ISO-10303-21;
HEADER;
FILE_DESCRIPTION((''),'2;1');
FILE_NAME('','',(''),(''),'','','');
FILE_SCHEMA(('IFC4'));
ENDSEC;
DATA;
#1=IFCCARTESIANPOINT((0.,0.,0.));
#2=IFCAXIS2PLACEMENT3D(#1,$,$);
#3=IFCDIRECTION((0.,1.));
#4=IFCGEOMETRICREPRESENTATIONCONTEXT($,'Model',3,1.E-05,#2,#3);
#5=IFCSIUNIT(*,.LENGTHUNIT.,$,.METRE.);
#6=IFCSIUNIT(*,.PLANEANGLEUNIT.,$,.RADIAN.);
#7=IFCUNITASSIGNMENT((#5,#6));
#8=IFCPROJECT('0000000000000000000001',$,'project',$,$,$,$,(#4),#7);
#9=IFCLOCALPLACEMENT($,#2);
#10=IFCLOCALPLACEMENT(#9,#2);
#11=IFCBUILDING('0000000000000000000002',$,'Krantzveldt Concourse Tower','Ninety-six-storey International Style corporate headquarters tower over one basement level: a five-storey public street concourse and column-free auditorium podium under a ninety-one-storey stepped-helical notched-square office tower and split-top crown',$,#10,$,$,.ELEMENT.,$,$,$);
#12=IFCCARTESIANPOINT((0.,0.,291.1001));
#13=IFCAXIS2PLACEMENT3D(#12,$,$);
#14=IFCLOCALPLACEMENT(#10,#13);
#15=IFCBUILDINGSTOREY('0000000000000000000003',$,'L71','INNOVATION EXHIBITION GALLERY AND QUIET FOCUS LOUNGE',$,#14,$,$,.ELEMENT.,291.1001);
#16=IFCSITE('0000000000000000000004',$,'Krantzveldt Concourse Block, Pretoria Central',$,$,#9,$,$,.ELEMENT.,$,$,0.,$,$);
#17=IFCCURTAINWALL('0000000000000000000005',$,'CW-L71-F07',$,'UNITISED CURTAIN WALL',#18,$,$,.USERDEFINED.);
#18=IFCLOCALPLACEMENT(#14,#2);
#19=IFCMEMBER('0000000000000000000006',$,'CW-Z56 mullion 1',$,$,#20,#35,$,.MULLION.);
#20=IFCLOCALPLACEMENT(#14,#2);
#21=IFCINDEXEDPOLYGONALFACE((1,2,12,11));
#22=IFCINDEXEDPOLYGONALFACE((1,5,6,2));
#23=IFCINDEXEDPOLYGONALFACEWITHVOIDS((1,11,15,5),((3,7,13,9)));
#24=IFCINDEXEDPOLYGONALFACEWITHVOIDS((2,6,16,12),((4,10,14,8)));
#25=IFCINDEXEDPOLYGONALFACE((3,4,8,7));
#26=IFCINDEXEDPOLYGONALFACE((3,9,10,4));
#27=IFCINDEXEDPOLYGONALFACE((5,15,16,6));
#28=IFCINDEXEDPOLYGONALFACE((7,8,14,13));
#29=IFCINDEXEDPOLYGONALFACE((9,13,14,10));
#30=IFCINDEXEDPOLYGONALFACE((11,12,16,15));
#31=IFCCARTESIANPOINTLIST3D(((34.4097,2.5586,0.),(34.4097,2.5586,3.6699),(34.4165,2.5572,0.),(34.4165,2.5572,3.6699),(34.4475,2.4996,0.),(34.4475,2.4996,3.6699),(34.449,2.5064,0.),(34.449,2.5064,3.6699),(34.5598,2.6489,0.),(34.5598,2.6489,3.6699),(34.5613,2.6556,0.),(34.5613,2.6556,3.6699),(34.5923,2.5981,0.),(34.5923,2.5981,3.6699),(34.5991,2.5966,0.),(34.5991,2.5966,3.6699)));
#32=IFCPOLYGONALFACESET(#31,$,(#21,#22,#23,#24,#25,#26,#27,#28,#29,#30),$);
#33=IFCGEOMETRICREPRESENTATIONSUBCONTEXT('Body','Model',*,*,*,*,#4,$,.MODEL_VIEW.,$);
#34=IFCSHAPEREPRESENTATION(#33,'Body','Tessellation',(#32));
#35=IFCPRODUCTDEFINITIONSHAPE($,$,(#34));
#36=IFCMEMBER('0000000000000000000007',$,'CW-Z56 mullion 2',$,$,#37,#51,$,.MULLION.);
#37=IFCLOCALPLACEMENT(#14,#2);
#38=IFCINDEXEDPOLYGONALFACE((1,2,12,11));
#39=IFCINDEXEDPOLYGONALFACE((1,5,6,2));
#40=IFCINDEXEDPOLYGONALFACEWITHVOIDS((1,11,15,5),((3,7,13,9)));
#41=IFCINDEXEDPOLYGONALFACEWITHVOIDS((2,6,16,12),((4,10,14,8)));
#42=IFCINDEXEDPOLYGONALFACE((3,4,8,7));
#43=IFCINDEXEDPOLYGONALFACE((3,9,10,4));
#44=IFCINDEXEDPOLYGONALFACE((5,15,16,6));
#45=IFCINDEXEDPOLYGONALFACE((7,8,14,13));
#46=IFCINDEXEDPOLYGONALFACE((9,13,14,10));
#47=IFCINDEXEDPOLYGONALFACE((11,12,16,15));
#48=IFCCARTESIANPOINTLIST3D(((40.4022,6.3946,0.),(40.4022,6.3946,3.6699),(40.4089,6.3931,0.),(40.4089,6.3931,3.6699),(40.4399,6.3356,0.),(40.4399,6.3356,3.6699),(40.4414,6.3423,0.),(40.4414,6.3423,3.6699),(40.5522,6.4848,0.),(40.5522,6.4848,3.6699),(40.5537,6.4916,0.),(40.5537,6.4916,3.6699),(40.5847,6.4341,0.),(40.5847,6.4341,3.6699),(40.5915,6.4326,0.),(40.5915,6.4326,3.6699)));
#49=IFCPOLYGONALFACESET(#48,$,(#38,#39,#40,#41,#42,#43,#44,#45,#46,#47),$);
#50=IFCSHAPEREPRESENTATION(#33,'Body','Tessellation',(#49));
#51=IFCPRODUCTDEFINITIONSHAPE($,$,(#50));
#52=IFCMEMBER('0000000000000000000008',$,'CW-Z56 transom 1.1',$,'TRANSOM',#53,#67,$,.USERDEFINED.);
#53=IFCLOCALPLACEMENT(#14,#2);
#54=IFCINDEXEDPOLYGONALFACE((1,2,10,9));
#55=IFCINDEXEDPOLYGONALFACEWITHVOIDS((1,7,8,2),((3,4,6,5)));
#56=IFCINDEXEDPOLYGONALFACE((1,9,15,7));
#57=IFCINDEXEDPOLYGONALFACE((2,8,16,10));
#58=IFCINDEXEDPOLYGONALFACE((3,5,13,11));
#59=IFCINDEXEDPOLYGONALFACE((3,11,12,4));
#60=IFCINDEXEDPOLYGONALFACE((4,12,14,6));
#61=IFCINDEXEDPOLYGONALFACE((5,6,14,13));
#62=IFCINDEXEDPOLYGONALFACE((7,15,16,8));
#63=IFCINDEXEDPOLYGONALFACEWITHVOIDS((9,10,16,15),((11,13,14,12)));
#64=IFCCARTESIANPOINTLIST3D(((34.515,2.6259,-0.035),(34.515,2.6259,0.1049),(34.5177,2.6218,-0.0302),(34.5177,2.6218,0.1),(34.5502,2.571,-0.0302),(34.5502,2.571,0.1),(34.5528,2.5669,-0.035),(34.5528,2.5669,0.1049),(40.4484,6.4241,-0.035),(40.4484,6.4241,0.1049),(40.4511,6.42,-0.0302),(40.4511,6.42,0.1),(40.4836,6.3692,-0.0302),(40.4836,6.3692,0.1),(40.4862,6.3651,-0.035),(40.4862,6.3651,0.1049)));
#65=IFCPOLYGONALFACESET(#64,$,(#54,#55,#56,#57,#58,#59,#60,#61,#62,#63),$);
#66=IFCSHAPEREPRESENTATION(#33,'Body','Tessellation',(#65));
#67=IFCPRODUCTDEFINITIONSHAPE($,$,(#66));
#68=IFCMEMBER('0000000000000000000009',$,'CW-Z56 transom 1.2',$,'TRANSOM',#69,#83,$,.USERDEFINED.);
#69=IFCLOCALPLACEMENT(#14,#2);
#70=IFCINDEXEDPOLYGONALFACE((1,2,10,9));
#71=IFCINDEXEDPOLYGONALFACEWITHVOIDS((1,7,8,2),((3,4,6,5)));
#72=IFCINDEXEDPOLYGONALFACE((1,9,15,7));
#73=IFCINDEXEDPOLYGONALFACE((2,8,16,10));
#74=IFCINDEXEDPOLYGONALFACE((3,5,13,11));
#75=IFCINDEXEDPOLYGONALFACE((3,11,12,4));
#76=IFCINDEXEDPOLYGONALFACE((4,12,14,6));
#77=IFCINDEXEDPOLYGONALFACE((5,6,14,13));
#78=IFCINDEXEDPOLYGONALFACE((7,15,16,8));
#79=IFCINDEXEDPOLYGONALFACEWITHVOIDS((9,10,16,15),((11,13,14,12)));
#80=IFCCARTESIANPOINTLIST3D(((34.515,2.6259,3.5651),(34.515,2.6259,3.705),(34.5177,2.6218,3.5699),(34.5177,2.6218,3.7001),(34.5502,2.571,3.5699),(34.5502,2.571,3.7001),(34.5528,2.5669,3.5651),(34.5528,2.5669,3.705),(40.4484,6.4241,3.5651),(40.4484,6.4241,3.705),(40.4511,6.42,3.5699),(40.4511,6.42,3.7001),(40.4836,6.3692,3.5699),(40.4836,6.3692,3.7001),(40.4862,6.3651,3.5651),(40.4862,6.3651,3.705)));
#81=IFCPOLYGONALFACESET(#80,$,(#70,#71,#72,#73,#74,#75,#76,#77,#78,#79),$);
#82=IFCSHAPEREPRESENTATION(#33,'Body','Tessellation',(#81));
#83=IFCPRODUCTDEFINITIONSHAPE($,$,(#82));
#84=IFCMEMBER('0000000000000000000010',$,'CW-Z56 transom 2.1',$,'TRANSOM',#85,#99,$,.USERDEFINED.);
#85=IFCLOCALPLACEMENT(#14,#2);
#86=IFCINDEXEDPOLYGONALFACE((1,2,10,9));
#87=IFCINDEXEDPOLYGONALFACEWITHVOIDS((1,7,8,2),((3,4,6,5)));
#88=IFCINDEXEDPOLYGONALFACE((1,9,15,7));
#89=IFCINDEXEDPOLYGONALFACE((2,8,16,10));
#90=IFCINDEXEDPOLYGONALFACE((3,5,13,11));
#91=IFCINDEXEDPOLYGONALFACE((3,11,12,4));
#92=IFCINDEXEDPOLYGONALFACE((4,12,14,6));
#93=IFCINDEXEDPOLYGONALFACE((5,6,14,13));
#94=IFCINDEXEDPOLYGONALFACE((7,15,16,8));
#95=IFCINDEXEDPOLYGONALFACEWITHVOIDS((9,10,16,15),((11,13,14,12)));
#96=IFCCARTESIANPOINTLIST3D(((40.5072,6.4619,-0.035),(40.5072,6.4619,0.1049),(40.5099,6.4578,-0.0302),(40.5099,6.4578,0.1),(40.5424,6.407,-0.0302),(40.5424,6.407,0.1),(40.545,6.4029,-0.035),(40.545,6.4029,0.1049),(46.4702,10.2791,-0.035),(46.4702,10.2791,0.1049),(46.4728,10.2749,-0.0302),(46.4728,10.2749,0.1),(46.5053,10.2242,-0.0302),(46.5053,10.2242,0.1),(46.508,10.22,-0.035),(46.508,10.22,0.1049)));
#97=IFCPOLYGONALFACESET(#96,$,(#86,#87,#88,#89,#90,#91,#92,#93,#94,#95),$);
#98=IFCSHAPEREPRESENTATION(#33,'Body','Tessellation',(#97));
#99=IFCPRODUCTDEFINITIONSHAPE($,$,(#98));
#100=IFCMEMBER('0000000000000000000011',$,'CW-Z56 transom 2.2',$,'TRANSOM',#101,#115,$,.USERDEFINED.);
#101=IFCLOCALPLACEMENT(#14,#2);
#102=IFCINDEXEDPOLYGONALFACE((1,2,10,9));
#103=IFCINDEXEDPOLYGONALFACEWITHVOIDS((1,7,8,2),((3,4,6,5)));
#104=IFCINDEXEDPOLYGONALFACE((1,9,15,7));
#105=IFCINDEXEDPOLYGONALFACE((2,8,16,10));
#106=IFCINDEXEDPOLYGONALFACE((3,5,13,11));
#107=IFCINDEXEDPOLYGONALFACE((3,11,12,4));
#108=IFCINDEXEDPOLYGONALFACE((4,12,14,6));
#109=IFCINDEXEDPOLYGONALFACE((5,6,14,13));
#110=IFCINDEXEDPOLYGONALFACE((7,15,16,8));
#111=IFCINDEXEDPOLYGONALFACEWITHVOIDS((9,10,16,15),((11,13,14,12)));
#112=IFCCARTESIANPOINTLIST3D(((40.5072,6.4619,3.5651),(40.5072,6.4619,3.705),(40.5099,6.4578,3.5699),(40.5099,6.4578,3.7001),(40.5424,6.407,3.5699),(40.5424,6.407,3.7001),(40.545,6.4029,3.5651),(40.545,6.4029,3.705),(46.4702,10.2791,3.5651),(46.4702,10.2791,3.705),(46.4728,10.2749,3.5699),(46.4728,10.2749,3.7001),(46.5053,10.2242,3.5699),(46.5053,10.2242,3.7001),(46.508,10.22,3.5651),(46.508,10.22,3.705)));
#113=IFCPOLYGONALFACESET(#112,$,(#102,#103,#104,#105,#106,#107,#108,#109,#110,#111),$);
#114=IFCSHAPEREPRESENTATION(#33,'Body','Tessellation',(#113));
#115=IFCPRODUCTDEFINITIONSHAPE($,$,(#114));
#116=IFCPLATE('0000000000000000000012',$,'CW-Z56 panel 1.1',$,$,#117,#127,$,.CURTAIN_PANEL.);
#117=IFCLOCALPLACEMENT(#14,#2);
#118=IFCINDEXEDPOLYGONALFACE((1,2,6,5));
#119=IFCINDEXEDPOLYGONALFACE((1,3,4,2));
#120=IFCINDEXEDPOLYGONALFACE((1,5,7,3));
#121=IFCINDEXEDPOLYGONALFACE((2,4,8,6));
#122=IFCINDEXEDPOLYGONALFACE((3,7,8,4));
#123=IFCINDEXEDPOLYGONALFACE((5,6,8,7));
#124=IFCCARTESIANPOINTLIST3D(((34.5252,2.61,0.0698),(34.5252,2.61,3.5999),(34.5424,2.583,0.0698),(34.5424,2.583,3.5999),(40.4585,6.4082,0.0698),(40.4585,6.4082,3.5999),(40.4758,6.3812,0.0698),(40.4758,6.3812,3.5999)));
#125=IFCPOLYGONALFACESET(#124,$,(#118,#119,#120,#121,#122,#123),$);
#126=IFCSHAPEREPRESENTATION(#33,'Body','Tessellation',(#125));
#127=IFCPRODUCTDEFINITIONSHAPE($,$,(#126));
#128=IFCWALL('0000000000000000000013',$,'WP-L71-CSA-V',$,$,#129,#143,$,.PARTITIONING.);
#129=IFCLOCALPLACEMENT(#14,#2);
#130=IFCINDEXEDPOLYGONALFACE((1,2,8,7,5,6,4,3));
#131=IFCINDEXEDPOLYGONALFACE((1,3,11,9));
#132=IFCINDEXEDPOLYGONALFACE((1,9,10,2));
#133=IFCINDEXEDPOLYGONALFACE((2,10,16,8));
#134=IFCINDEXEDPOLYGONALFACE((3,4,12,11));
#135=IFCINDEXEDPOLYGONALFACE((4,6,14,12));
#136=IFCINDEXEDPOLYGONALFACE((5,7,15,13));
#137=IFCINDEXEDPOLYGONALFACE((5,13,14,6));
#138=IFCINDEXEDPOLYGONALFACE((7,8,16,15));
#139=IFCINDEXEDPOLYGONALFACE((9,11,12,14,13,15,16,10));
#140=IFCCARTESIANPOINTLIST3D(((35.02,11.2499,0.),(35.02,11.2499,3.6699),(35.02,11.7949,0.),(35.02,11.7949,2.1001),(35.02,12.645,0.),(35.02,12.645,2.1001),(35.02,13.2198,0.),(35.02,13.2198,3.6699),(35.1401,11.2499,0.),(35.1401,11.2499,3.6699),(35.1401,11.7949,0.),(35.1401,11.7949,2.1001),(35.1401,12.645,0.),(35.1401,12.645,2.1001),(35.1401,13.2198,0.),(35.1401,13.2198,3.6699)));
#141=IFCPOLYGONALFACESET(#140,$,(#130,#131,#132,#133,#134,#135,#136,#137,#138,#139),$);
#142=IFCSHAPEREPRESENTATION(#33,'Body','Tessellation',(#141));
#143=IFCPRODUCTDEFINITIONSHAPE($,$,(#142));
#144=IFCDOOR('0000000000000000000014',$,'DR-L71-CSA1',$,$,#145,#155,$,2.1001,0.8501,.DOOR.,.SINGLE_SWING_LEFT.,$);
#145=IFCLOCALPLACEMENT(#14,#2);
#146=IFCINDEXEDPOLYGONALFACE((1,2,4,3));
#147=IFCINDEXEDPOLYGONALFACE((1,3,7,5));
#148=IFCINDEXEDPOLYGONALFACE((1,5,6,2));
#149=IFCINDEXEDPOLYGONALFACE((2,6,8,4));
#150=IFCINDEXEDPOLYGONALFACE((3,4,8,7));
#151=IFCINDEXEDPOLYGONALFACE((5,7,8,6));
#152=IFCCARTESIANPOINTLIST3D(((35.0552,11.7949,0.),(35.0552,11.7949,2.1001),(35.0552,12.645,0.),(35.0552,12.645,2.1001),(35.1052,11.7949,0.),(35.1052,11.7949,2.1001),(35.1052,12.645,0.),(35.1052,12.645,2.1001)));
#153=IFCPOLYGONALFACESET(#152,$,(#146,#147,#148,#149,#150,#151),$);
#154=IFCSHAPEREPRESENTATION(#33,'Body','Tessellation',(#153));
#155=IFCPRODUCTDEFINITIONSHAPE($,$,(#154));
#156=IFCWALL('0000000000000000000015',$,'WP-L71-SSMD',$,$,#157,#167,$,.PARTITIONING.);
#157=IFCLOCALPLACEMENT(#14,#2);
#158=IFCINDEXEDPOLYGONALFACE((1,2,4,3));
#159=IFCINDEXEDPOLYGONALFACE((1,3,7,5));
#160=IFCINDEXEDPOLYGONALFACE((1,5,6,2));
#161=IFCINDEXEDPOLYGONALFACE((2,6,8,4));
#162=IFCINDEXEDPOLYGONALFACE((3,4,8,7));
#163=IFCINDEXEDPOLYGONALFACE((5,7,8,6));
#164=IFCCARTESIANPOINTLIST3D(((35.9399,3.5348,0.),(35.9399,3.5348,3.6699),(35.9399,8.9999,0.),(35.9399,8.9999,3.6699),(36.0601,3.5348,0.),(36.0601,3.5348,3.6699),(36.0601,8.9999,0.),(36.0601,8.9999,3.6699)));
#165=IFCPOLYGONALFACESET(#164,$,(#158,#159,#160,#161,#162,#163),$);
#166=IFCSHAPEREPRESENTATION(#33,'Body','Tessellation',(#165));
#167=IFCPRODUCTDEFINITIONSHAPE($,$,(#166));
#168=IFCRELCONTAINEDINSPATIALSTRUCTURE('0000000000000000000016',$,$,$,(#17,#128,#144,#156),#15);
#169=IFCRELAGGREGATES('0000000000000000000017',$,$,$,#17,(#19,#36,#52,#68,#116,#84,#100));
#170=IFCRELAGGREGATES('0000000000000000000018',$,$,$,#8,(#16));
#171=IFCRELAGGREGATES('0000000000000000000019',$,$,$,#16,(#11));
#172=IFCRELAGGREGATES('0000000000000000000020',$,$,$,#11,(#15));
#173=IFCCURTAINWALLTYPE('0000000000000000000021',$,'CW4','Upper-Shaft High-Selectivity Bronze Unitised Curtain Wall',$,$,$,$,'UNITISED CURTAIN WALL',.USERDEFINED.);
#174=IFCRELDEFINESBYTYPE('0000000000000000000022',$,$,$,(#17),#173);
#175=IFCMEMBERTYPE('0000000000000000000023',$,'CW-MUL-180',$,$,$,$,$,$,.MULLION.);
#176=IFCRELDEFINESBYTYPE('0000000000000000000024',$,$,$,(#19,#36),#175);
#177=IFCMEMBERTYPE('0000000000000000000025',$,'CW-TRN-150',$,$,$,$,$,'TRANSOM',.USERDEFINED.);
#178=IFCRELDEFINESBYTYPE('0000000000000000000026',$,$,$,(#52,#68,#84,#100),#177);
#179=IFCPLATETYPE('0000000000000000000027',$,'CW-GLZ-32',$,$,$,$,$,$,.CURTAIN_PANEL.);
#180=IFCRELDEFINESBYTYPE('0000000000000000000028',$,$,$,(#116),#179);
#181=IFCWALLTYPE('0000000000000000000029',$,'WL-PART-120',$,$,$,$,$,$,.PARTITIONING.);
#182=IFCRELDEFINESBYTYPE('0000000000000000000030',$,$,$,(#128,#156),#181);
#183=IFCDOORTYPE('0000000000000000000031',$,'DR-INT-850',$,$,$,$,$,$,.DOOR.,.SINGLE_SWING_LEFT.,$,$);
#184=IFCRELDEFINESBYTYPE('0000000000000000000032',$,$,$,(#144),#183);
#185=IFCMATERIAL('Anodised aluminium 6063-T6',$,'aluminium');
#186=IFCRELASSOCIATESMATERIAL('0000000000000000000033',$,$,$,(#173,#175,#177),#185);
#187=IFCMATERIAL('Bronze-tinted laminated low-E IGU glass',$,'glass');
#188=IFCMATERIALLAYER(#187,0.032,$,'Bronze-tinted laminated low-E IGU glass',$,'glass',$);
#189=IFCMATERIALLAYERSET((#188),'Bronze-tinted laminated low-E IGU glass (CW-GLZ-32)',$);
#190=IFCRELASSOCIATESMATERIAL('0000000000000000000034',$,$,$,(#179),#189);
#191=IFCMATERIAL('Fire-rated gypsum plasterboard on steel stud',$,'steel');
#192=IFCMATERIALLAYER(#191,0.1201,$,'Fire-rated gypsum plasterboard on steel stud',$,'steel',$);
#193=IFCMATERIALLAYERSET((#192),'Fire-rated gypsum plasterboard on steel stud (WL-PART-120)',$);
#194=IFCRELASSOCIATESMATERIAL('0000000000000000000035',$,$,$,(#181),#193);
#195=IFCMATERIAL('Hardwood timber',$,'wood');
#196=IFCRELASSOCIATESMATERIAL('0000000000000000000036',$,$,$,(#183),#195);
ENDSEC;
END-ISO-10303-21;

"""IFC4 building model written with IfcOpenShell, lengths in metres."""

from ifc_helpers import new_model, si_unit, direction, frame, frame_2d, origin, origin_2d, place, context, subcontext, project, spatial, rectangle, hollow_rectangle, extrude, source, transform, mapped, material, layer, layer_set, material_profile, profile_set, type_object, type_shapes, element, fill, aggregate, save


model = new_model("IFC4")

# Units and contexts
model_context = context("Model", 3, precision=1e-05, world=origin(), true_north=direction((0.0, 1.0)))
body_context = subcontext(model_context, "Body", "Model", "MODEL_VIEW")
ifc_project = project(units=[si_unit("LENGTHUNIT", "METRE"), si_unit("PLANEANGLEUNIT", "RADIAN")], contexts=[model_context])

# Site, building, storey
site_placement = place(None, origin())
site = spatial("IfcSite", under=ifc_project, at=site_placement, Name="Krantzveldt Concourse Block, Pretoria Central", CompositionType="ELEMENT", RefElevation=0.0)
building_placement = place(site_placement, origin())
building = spatial("IfcBuilding", under=site, at=building_placement, Name="Krantzveldt Concourse Tower", Description="Ninety-six-storey International Style corporate headquarters tower over one basement level: a five-storey public street concourse and column-free auditorium podium under a ninety-one-storey stepped-helical notched-square office tower and split-top crown", CompositionType="ELEMENT")
storey_placement = place(building_placement, frame((0.0, 0.0, 291.1001)))
storey = spatial("IfcBuildingStorey", under=building, at=storey_placement, Name="L71", Description="INNOVATION EXHIBITION GALLERY AND QUIET FOCUS LOUNGE", CompositionType="ELEMENT", Elevation=291.1001)

# Curtain wall, members, plate
ifc_material_1 = material(Name="Anodised aluminium 6063-T6", Category="aluminium")
curtain_wall_type = type_object("IfcCurtainWallType", Name="CW4", Description="Upper-Shaft High-Selectivity Bronze Unitised Curtain Wall", ElementType="UNITISED CURTAIN WALL", PredefinedType="USERDEFINED", material=ifc_material_1)
curtain_wall_placement = place(storey_placement, origin())
curtain_wall = element("IfcCurtainWall", 1, at=curtain_wall_placement, inside=storey, type_object=curtain_wall_type, Name="CW-L71-F07", ObjectType="UNITISED CURTAIN WALL", PredefinedType="USERDEFINED")
ifc_material_profile_1 = material_profile(ifc_material_1, hollow_rectangle(XDim=0.0701, YDim=0.1799, WallThickness=0.0049, at=origin_2d()), Name="Anodised aluminium 6063-T6", Category="aluminium")
ifc_profile_set_1 = profile_set([ifc_material_profile_1], Name="Anodised aluminium 6063-T6 - ALU-MULL 180x70x5")
member_type_1 = type_object("IfcMemberType", Name="CW-MUL-180", PredefinedType="MULLION", material=ifc_profile_set_1)
shared_shape_1 = source(origin(), body_context, "Body", "SweptSolid", [
    extrude(hollow_rectangle(XDim=0.0701, YDim=0.1799, WallThickness=0.0049, at=origin_2d()), origin(), (0.0, 0.0, 1.0), 3.6699),
])
type_shapes(member_type_1, [shared_shape_1])
member_1_placement = place(storey_placement, frame((34.5044, 2.5776, 0.0), z_axis=(0.0, 0.0, 1.0), x_axis=(-0.539138, 0.842217, 0.0)))
member_1 = element("IfcMember", 2, at=member_1_placement, type_object=member_type_1, Name="CW-Z56 mullion 1", PredefinedType="MULLION", context=body_context, shape_type="MappedRepresentation", body=[
    mapped(shared_shape_1, transform((0.0, 0.0, 0.0), x_axis=(1.0, 0.0, 0.0), y_axis=(0.0, 1.0, 0.0), z_axis=(0.0, 0.0, 1.0), scale=1.0)),
])
member_2_placement = place(storey_placement, frame((40.4968, 6.4136, 0.0), z_axis=(0.0, 0.0, 1.0), x_axis=(-0.539138, 0.842217, 0.0)))
member_2 = element("IfcMember", 3, at=member_2_placement, type_object=member_type_1, Name="CW-Z56 mullion 2", PredefinedType="MULLION", context=body_context, shape_type="MappedRepresentation", body=[
    mapped(shared_shape_1, transform((0.0, 0.0, 0.0), x_axis=(1.0, 0.0, 0.0), y_axis=(0.0, 1.0, 0.0), z_axis=(0.0, 0.0, 1.0), scale=1.0)),
])
ifc_material_profile_2 = material_profile(ifc_material_1, hollow_rectangle(XDim=0.0701, YDim=0.1399, WallThickness=0.0049, at=origin_2d()), Name="Anodised aluminium 6063-T6", Category="aluminium")
ifc_profile_set_2 = profile_set([ifc_material_profile_2], Name="Anodised aluminium 6063-T6 - ALU-TRAN 140x70x5")
member_type_2 = type_object("IfcMemberType", Name="CW-TRN-150", ElementType="TRANSOM", PredefinedType="USERDEFINED", material=ifc_profile_set_2)
shared_shape_2 = source(origin(), body_context, "Body", "SweptSolid", [
    extrude(hollow_rectangle(XDim=0.0701, YDim=0.1399, WallThickness=0.0049, at=origin_2d()), origin(), (0.0, 0.0, 1.0), 7.0449),
])
member_3_placement = place(storey_placement, frame((34.5339, 2.5964, 0.0349), z_axis=(0.842223, 0.539129, 0.0), x_axis=(-0.539129, 0.842223, 0.0)))
member_3 = element("IfcMember", 4, at=member_3_placement, type_object=member_type_2, Name="CW-Z56 transom 1.1", ObjectType="TRANSOM", PredefinedType="USERDEFINED", context=body_context, shape_type="MappedRepresentation", body=[
    mapped(shared_shape_2, transform((0.0, 0.0, 0.0), x_axis=(1.0, 0.0, 0.0), y_axis=(0.0, 1.0, 0.0), z_axis=(0.0, 0.0, 1.0), scale=1.0)),
])
member_4_placement = place(storey_placement, frame((34.5339, 2.5964, 3.635), z_axis=(0.842223, 0.539129, 0.0), x_axis=(-0.539129, 0.842223, 0.0)))
member_4 = element("IfcMember", 5, at=member_4_placement, type_object=member_type_2, Name="CW-Z56 transom 1.2", ObjectType="TRANSOM", PredefinedType="USERDEFINED", context=body_context, shape_type="MappedRepresentation", body=[
    mapped(shared_shape_2, transform((0.0, 0.0, 0.0), x_axis=(1.0, 0.0, 0.0), y_axis=(0.0, 1.0, 0.0), z_axis=(0.0, 0.0, 1.0), scale=1.0)),
])
shared_shape_3 = source(origin(), body_context, "Body", "SweptSolid", [
    extrude(hollow_rectangle(XDim=0.0701, YDim=0.1399, WallThickness=0.0049, at=origin_2d()), origin(), (0.0, 0.0, 1.0), 7.0801),
])
type_shapes(member_type_2, [shared_shape_2, shared_shape_3])
member_5_placement = place(storey_placement, frame((40.5261, 6.4324, 0.0349), z_axis=(0.842214, 0.539143, 0.0), x_axis=(-0.539143, 0.842214, 0.0)))
member_5 = element("IfcMember", 6, at=member_5_placement, type_object=member_type_2, Name="CW-Z56 transom 2.1", ObjectType="TRANSOM", PredefinedType="USERDEFINED", context=body_context, shape_type="MappedRepresentation", body=[
    mapped(shared_shape_3, transform((0.0, 0.0, 0.0), x_axis=(1.0, 0.0, 0.0), y_axis=(0.0, 1.0, 0.0), z_axis=(0.0, 0.0, 1.0), scale=1.0)),
])
member_6_placement = place(storey_placement, frame((40.5261, 6.4324, 3.635), z_axis=(0.842214, 0.539143, 0.0), x_axis=(-0.539143, 0.842214, 0.0)))
member_6 = element("IfcMember", 7, at=member_6_placement, type_object=member_type_2, Name="CW-Z56 transom 2.2", ObjectType="TRANSOM", PredefinedType="USERDEFINED", context=body_context, shape_type="MappedRepresentation", body=[
    mapped(shared_shape_3, transform((0.0, 0.0, 0.0), x_axis=(1.0, 0.0, 0.0), y_axis=(0.0, 1.0, 0.0), z_axis=(0.0, 0.0, 1.0), scale=1.0)),
])
ifc_material_2 = material(Name="Bronze-tinted laminated low-E IGU glass", Category="glass")
ifc_layer_1 = layer(ifc_material_2, 0.032, Name="Bronze-tinted laminated low-E IGU glass", Category="glass")
ifc_layer_set_1 = layer_set([ifc_layer_1], Name="Bronze-tinted laminated low-E IGU glass (CW-GLZ-32)")
plate_type = type_object("IfcPlateType", Name="CW-GLZ-32", PredefinedType="CURTAIN_PANEL", material=ifc_layer_set_1)
shared_shape_4 = source(origin(), body_context, "Body", "SweptSolid", [
    extrude(rectangle(XDim=7.0449, YDim=0.032, at=origin_2d()), origin(), (0.0, 0.0, 1.0), 3.53),
])
type_shapes(plate_type, [shared_shape_4])
plate_placement = place(storey_placement, frame((37.5005, 4.4956, 0.0698), z_axis=(0.0, 0.0, 1.0), x_axis=(0.842217, 0.539138, 0.0)))
plate = element("IfcPlate", 8, at=plate_placement, type_object=plate_type, Name="CW-Z56 panel 1.1", PredefinedType="CURTAIN_PANEL", context=body_context, shape_type="MappedRepresentation", body=[
    mapped(shared_shape_4, transform((0.0, 0.0, 0.0), x_axis=(1.0, 0.0, 0.0), y_axis=(0.0, 1.0, 0.0), z_axis=(0.0, 0.0, 1.0), scale=1.0)),
])
aggregate(curtain_wall, [member_1, member_2, member_3, member_4, plate, member_5, member_6])

# Wall, opening, door
ifc_material_3 = material(Name="Fire-rated gypsum plasterboard on steel stud", Category="steel")
ifc_layer_2 = layer(ifc_material_3, 0.1201, Name="Fire-rated gypsum plasterboard on steel stud", Category="steel")
ifc_layer_set_2 = layer_set([ifc_layer_2], Name="Fire-rated gypsum plasterboard on steel stud (WL-PART-120)")
wall_type_1 = type_object("IfcWallType", Name="WL-PART-120", PredefinedType="PARTITIONING", material=ifc_layer_set_2)
wall_1_placement = place(storey_placement, frame((35.0801, 11.25, 0.0), z_axis=(0.0, 0.0, 1.0), x_axis=(0.0, 1.0, 0.0)))
wall_1 = element("IfcWall", 9, at=wall_1_placement, inside=storey, type_object=wall_type_1, Name="WP-L71-CSA-V", PredefinedType="PARTITIONING", context=body_context, shape_type="SweptSolid", body=[
    extrude(rectangle(XDim=1.97, YDim=0.1201, at=frame_2d((0.9849, 0.0))), origin(), (0.0, 0.0, 1.0), 3.6699),
])
opening_1_placement = place(wall_1_placement, frame((0.5449, 0.0, 0.0)))
opening_1 = element("IfcOpeningElement", 10, at=opening_1_placement, cuts=wall_1, PredefinedType="OPENING", context=body_context, shape_type="SweptSolid", body=[
    extrude(rectangle(XDim=0.8501, YDim=2.1001, at=frame_2d((0.425, 1.05))), frame((0.0, 0.0701, 0.0), z_axis=(0.0, -1.0, 0.0), x_axis=(1.0, 0.0, 0.0)), (0.0, 0.0, 1.0), 0.1401),
])
ifc_material_4 = material(Name="Hardwood timber", Category="wood")
door_type_1 = type_object("IfcDoorType", Name="DR-INT-850", OperationType="SINGLE_SWING_LEFT", PredefinedType="DOOR", material=ifc_material_4)
door_1_placement = place(opening_1_placement, origin())
door_1 = element("IfcDoor", 11, at=door_1_placement, inside=storey, type_object=door_type_1, Name="DR-L71-CSA1", OperationType="SINGLE_SWING_LEFT", OverallHeight=2.1001, OverallWidth=0.8501, PredefinedType="DOOR", context=body_context, shape_type="SweptSolid", body=[
    extrude(rectangle(XDim=0.8501, YDim=2.1001, at=frame_2d((0.425, 1.05))), frame((0.0, 0.0249, 0.0), z_axis=(0.0, -1.0, 0.0), x_axis=(1.0, 0.0, 0.0)), (0.0, 0.0, 1.0), 0.05),
])
fill(opening_1, door_1)

# Wall
wall_2_placement = place(storey_placement, frame((36.0, 3.5349, 0.0), z_axis=(0.0, 0.0, 1.0), x_axis=(0.0, 1.0, 0.0)))
element("IfcWall", 12, at=wall_2_placement, inside=storey, type_object=wall_type_1, Name="WP-L71-SSMD", PredefinedType="PARTITIONING", context=body_context, shape_type="SweptSolid", body=[
    extrude(rectangle(XDim=5.4651, YDim=0.1201, at=frame_2d((2.7324, 0.0))), origin(), (0.0, 0.0, 1.0), 3.6699),
])

save(model, "model.ifc")
